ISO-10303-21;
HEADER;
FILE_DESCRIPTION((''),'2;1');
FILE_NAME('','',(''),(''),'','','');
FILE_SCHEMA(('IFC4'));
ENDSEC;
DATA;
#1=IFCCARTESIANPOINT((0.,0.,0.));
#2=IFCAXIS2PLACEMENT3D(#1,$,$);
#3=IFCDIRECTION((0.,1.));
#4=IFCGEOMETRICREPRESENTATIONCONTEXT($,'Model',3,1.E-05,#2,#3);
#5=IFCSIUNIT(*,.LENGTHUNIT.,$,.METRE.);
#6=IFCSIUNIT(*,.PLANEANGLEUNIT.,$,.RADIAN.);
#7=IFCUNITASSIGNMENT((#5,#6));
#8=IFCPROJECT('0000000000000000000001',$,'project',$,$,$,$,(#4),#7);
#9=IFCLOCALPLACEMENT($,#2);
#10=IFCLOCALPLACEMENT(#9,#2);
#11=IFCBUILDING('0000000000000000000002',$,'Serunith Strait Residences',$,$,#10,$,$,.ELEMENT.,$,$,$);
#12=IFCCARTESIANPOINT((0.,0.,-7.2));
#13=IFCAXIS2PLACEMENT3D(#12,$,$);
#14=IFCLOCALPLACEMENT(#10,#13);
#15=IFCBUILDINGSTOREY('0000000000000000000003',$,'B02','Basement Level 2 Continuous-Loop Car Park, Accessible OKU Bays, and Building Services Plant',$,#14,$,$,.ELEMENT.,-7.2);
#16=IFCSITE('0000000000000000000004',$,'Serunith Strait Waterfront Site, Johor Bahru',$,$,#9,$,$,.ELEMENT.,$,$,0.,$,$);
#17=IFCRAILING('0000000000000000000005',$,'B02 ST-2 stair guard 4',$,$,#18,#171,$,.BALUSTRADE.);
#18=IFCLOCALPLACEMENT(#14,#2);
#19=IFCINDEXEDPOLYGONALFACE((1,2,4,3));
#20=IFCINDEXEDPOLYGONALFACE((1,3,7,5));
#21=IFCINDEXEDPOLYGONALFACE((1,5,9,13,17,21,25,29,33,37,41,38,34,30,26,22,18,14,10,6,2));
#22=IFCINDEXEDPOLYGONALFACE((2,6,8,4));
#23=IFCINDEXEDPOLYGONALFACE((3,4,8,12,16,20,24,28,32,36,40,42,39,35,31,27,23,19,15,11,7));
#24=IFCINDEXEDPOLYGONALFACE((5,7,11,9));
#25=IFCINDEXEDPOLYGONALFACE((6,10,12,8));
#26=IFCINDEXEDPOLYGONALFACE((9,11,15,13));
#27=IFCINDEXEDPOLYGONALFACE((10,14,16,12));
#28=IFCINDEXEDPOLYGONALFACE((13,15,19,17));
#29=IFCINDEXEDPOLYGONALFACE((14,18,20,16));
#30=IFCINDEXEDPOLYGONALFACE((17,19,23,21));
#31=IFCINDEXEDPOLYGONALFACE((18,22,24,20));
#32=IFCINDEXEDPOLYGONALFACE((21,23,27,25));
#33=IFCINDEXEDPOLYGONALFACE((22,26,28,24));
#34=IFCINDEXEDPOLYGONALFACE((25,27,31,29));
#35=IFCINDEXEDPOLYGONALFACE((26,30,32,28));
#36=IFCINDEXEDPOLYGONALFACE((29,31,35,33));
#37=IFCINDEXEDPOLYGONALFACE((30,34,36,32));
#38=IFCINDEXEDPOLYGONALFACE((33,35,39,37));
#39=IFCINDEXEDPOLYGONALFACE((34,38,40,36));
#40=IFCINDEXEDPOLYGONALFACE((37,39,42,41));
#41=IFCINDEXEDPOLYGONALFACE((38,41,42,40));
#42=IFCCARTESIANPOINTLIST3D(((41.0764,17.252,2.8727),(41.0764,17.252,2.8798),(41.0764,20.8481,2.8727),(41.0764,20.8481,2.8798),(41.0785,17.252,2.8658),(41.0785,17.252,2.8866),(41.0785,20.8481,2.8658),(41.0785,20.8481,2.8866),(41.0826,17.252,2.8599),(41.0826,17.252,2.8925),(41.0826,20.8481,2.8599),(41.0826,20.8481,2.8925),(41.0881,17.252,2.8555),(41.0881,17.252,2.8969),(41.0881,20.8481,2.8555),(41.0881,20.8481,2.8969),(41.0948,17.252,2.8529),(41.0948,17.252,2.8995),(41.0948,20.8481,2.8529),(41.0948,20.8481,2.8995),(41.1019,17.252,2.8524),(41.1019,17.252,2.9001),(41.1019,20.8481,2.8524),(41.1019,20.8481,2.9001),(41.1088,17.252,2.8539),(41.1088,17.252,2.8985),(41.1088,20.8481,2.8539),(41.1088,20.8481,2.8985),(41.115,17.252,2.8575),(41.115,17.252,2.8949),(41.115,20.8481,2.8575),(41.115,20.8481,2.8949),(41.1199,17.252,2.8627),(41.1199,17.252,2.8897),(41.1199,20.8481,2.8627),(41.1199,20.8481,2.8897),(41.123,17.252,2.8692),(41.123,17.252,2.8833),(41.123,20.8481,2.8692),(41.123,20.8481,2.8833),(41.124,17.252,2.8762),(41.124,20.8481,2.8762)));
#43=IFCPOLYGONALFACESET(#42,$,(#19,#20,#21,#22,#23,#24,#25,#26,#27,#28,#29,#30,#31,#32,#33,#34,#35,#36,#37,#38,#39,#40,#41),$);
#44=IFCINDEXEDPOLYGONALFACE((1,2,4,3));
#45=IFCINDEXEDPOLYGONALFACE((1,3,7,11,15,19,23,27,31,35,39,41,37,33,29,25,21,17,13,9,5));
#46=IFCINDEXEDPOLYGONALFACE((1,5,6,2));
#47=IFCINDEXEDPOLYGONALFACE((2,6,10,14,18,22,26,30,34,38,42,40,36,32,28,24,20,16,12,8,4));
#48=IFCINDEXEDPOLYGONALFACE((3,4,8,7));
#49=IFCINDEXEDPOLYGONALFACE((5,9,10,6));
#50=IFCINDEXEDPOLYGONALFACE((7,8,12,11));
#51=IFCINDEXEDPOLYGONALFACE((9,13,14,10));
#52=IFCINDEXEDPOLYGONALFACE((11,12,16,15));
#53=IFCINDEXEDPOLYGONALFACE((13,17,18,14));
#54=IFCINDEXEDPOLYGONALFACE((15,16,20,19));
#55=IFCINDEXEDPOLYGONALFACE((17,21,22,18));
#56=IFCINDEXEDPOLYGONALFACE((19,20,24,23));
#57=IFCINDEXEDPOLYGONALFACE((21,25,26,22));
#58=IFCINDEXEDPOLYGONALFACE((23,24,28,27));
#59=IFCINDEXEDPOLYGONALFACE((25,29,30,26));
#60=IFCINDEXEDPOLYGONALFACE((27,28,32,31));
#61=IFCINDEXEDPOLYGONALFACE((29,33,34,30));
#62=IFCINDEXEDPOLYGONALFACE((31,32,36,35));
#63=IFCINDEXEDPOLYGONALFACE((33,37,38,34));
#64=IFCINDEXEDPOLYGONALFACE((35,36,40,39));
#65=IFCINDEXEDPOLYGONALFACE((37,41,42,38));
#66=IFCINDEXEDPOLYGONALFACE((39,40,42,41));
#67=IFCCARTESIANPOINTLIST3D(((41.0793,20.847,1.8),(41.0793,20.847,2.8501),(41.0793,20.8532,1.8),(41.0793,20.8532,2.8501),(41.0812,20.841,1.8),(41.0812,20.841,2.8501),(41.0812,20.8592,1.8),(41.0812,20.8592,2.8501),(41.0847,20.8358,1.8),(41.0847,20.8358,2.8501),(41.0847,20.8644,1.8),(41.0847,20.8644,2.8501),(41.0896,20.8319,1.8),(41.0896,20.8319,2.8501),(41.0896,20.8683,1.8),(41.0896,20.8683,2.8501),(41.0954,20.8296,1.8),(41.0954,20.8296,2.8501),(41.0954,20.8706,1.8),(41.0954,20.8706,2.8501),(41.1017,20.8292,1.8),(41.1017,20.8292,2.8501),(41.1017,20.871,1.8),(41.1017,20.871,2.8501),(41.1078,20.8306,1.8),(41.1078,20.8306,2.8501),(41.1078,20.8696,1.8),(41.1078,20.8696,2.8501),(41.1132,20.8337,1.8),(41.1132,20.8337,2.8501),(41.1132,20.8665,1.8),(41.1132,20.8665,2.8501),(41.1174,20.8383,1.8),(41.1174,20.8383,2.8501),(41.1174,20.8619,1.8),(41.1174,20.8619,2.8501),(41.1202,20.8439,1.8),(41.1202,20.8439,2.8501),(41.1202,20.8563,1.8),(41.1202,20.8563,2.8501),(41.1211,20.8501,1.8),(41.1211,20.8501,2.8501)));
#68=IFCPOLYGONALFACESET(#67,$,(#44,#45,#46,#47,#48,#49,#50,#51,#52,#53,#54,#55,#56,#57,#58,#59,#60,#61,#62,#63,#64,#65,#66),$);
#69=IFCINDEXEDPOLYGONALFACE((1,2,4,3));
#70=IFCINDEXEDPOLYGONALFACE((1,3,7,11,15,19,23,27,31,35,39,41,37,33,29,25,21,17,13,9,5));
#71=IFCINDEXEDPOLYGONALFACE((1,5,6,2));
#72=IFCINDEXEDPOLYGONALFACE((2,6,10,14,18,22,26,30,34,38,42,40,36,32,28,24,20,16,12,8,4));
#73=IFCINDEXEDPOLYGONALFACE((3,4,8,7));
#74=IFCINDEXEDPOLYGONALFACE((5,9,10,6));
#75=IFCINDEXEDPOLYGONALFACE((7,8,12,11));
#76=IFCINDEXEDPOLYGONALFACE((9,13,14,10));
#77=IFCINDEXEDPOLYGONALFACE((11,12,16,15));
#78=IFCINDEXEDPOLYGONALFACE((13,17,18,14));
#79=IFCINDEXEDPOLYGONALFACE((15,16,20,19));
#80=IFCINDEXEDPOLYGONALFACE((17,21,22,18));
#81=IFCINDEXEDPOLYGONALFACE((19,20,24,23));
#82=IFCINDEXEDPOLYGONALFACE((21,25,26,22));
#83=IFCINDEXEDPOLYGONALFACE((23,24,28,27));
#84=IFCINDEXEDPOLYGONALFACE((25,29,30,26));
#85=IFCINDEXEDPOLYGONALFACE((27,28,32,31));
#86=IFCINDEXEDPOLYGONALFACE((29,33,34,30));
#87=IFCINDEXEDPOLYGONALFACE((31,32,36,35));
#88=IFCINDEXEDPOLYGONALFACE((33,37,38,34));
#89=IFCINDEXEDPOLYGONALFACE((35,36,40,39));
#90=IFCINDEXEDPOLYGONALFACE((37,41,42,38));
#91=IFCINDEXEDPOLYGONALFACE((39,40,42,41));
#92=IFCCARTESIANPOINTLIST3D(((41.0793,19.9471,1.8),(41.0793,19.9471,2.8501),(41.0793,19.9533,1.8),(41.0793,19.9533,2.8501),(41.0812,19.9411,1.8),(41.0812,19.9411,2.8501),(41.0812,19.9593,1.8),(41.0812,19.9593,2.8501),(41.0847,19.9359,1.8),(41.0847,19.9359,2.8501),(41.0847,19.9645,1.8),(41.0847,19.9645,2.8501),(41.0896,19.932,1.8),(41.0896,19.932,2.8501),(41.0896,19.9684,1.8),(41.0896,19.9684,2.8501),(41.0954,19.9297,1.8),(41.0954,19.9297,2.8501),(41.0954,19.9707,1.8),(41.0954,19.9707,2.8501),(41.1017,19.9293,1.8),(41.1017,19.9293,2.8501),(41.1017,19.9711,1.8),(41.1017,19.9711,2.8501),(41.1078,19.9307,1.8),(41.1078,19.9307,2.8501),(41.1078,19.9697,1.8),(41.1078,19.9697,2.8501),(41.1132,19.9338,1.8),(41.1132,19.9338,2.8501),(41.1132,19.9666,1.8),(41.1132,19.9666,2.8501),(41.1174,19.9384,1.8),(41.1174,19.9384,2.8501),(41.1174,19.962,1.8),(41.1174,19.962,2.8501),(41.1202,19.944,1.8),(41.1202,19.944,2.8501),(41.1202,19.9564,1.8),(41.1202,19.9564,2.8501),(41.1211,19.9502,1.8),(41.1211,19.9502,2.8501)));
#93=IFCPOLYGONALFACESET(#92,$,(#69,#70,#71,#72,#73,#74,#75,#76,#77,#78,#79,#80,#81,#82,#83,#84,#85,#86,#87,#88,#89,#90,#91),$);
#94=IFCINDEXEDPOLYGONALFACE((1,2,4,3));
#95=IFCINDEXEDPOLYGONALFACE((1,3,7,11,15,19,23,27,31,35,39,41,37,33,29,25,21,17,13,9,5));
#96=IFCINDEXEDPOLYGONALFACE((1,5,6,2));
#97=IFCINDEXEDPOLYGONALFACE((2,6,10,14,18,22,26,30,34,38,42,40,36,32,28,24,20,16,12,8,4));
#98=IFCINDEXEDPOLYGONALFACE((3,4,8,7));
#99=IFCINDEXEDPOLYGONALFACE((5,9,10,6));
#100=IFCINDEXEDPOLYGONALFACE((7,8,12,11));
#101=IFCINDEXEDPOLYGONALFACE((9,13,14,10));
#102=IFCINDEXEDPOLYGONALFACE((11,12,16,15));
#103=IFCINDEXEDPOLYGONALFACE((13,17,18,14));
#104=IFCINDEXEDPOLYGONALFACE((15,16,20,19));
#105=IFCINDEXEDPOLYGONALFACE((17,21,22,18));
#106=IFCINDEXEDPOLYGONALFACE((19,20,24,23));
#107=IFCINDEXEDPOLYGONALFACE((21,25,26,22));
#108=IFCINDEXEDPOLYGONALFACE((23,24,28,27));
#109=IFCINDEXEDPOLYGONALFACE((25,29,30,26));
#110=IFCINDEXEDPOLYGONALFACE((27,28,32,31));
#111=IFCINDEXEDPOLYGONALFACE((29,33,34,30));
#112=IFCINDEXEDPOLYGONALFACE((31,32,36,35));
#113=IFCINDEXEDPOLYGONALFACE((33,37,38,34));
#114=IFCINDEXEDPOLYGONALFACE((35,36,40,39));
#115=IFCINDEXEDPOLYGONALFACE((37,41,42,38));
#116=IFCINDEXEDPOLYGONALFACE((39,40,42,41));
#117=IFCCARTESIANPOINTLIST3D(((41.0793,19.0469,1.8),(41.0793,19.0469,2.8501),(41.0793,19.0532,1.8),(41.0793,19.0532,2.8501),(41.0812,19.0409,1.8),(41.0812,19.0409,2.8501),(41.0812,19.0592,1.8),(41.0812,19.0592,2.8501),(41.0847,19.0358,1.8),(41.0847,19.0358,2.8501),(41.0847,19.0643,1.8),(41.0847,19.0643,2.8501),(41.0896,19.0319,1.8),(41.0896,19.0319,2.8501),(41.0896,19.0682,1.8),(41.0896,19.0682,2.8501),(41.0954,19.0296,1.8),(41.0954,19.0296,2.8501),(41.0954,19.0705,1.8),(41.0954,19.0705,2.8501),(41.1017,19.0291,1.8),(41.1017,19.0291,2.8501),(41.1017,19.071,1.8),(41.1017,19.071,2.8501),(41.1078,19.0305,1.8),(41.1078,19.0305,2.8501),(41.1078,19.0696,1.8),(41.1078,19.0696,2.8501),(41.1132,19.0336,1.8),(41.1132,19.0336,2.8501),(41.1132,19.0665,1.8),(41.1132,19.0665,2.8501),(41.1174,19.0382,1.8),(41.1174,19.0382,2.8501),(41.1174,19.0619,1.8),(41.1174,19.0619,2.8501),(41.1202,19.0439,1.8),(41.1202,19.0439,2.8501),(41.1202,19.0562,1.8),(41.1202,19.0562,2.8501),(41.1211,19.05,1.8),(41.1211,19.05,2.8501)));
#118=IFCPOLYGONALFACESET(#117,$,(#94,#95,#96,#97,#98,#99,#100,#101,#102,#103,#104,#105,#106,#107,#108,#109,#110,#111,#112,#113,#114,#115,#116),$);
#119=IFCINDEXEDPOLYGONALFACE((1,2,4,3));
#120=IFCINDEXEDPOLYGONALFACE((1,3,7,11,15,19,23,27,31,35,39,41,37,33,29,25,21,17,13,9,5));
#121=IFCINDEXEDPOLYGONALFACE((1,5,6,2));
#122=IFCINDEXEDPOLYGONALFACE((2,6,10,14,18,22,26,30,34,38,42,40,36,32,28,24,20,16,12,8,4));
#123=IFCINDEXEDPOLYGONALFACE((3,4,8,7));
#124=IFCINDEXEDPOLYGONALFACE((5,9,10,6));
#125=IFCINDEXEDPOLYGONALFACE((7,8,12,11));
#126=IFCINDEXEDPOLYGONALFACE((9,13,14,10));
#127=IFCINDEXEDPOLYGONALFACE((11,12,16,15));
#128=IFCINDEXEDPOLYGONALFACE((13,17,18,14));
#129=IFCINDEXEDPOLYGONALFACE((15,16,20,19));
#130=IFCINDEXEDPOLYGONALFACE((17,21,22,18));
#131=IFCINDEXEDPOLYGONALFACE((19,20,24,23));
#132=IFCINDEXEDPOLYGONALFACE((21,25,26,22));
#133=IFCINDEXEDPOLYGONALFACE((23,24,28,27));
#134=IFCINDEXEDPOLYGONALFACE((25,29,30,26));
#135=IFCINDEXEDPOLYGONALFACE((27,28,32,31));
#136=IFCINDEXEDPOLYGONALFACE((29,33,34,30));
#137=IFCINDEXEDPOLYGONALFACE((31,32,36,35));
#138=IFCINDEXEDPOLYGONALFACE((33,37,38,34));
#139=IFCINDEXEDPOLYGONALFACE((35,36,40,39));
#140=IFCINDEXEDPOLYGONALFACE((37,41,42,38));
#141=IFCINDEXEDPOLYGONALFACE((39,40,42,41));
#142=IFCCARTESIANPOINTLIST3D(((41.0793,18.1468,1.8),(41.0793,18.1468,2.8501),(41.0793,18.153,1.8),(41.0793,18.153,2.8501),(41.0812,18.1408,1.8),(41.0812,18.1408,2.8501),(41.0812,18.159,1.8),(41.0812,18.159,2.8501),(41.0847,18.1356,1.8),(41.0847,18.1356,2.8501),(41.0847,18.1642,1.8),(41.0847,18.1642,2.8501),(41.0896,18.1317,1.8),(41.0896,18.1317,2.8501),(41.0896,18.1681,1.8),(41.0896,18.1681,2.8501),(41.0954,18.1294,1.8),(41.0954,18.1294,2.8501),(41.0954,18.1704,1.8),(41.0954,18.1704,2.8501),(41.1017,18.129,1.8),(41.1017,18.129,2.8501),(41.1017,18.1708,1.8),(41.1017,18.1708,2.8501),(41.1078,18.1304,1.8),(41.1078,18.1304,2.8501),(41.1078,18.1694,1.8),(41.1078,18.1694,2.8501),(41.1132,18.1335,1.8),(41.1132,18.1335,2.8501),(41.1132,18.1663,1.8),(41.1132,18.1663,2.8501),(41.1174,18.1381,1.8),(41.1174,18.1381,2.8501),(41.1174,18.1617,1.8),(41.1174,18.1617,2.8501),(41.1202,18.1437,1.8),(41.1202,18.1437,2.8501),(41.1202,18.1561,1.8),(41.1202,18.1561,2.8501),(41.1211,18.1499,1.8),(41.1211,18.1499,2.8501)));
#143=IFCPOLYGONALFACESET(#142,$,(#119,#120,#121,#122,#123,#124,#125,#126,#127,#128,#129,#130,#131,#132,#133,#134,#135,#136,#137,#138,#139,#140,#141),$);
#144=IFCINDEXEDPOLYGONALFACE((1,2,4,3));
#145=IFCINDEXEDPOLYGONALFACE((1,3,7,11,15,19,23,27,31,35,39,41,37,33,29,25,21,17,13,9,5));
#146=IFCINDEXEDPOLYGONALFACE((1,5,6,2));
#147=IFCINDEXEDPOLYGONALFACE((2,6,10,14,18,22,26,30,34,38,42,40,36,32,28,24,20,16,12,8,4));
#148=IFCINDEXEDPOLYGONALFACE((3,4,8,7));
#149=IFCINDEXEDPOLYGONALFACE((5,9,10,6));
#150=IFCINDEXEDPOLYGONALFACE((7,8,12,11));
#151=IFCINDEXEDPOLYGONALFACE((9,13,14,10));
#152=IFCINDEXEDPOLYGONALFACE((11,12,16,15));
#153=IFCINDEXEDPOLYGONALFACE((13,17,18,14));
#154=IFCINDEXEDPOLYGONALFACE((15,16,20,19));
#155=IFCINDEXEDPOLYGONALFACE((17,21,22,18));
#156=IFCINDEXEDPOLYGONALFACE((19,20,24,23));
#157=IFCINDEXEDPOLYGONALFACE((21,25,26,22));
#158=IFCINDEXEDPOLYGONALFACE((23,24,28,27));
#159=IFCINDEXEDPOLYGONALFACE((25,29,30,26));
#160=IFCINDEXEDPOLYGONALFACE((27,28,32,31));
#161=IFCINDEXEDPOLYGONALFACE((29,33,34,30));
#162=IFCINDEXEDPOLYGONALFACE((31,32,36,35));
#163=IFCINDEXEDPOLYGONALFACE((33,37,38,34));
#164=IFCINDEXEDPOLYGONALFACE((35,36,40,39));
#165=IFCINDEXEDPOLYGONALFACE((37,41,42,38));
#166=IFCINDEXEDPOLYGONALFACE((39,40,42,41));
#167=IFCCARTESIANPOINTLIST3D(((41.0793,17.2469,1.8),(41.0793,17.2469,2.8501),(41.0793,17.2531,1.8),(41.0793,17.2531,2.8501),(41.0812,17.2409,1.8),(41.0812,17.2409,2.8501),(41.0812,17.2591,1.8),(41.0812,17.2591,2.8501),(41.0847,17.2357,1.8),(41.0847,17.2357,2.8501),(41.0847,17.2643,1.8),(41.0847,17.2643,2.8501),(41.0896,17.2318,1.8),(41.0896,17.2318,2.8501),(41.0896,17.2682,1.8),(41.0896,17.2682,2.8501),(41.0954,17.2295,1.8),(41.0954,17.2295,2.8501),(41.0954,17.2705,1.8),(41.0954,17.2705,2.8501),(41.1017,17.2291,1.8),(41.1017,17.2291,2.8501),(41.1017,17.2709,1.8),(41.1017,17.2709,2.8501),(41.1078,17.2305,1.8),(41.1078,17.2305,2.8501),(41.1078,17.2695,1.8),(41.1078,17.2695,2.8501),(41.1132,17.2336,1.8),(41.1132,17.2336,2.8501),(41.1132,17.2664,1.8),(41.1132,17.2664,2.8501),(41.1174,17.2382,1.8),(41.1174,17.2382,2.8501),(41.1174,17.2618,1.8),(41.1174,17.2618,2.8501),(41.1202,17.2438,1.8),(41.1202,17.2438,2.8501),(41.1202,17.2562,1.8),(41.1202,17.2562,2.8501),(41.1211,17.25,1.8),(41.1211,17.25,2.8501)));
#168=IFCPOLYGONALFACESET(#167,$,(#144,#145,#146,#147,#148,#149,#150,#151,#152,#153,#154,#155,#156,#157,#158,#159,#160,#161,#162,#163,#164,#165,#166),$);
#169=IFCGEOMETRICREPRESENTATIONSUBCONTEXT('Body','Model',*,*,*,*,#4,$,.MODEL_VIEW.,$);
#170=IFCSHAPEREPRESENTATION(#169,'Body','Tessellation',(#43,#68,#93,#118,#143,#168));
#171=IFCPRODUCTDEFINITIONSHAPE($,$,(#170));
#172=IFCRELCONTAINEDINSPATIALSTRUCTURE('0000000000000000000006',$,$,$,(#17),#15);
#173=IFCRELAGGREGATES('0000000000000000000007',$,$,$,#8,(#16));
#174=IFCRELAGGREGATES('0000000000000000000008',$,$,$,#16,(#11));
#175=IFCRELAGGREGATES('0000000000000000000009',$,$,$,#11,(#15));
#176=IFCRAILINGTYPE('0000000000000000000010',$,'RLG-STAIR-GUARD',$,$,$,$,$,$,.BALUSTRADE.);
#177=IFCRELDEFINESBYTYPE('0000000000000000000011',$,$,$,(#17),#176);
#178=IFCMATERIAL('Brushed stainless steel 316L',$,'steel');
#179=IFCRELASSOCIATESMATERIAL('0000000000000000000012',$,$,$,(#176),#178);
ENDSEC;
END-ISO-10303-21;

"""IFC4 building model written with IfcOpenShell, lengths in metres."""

from ifc_helpers import new_model, si_unit, direction, frame, origin, origin_2d, place, context, subcontext, project, spatial, circle, extrude, material, type_object, element, save


model = new_model("IFC4")

# Units and contexts
model_context = context("Model", 3, precision=1e-05, world=origin(), true_north=direction((0.0, 1.0)))
body_context = subcontext(model_context, "Body", "Model", "MODEL_VIEW")
ifc_project = project(units=[si_unit("LENGTHUNIT", "METRE"), si_unit("PLANEANGLEUNIT", "RADIAN")], contexts=[model_context])

# Site, building, storey
site_placement = place(None, origin())
site = spatial("IfcSite", under=ifc_project, at=site_placement, Name="Serunith Strait Waterfront Site, Johor Bahru", CompositionType="ELEMENT", RefElevation=0.0)
building_placement = place(site_placement, origin())
building = spatial("IfcBuilding", under=site, at=building_placement, Name="Serunith Strait Residences", CompositionType="ELEMENT")
storey_placement = place(building_placement, frame((0.0, 0.0, -7.2)))
storey = spatial("IfcBuildingStorey", under=building, at=storey_placement, Name="B02", Description="Basement Level 2 Continuous-Loop Car Park, Accessible OKU Bays, and Building Services Plant", CompositionType="ELEMENT", Elevation=-7.2)

# Railing
ifc_material_1 = material(Name="Brushed stainless steel 316L", Category="steel")
railing_type_1 = type_object("IfcRailingType", Name="RLG-STAIR-GUARD", PredefinedType="BALUSTRADE", material=ifc_material_1)
for number, where, name in (
    (1, (41.1001, 20.8501, 1.8), "B02 ST-2 stair guard 4"),
):
    element("IfcRailing", number, at=place(storey_placement, frame(where)), inside=storey, type_object=railing_type_1, Name=name, PredefinedType="BALUSTRADE", context=body_context, shape_type="SweptSolid", body=[
        extrude(circle(Radius=0.0239, at=origin_2d()), frame((0.0, -0.002, 1.0762), z_axis=(0.0, -1.0, 0.0), x_axis=(1.0, 0.0, 0.0)), (0.0, 0.0, 1.0), 3.5962),
        extrude(circle(Radius=0.021, at=origin_2d()), origin(), (0.0, 0.0, 1.0), 1.05),
        extrude(circle(Radius=0.021, at=origin_2d()), frame((0.0, -0.8999, 0.0)), (0.0, 0.0, 1.0), 1.05),
        extrude(circle(Radius=0.021, at=origin_2d()), frame((0.0, -1.8, 0.0)), (0.0, 0.0, 1.0), 1.05),
        extrude(circle(Radius=0.021, at=origin_2d()), frame((0.0, -2.7002, 0.0)), (0.0, 0.0, 1.0), 1.05),
        extrude(circle(Radius=0.021, at=origin_2d()), frame((0.0, -3.6001, 0.0)), (0.0, 0.0, 1.0), 1.05),
    ])

save(model, "model.ifc")
